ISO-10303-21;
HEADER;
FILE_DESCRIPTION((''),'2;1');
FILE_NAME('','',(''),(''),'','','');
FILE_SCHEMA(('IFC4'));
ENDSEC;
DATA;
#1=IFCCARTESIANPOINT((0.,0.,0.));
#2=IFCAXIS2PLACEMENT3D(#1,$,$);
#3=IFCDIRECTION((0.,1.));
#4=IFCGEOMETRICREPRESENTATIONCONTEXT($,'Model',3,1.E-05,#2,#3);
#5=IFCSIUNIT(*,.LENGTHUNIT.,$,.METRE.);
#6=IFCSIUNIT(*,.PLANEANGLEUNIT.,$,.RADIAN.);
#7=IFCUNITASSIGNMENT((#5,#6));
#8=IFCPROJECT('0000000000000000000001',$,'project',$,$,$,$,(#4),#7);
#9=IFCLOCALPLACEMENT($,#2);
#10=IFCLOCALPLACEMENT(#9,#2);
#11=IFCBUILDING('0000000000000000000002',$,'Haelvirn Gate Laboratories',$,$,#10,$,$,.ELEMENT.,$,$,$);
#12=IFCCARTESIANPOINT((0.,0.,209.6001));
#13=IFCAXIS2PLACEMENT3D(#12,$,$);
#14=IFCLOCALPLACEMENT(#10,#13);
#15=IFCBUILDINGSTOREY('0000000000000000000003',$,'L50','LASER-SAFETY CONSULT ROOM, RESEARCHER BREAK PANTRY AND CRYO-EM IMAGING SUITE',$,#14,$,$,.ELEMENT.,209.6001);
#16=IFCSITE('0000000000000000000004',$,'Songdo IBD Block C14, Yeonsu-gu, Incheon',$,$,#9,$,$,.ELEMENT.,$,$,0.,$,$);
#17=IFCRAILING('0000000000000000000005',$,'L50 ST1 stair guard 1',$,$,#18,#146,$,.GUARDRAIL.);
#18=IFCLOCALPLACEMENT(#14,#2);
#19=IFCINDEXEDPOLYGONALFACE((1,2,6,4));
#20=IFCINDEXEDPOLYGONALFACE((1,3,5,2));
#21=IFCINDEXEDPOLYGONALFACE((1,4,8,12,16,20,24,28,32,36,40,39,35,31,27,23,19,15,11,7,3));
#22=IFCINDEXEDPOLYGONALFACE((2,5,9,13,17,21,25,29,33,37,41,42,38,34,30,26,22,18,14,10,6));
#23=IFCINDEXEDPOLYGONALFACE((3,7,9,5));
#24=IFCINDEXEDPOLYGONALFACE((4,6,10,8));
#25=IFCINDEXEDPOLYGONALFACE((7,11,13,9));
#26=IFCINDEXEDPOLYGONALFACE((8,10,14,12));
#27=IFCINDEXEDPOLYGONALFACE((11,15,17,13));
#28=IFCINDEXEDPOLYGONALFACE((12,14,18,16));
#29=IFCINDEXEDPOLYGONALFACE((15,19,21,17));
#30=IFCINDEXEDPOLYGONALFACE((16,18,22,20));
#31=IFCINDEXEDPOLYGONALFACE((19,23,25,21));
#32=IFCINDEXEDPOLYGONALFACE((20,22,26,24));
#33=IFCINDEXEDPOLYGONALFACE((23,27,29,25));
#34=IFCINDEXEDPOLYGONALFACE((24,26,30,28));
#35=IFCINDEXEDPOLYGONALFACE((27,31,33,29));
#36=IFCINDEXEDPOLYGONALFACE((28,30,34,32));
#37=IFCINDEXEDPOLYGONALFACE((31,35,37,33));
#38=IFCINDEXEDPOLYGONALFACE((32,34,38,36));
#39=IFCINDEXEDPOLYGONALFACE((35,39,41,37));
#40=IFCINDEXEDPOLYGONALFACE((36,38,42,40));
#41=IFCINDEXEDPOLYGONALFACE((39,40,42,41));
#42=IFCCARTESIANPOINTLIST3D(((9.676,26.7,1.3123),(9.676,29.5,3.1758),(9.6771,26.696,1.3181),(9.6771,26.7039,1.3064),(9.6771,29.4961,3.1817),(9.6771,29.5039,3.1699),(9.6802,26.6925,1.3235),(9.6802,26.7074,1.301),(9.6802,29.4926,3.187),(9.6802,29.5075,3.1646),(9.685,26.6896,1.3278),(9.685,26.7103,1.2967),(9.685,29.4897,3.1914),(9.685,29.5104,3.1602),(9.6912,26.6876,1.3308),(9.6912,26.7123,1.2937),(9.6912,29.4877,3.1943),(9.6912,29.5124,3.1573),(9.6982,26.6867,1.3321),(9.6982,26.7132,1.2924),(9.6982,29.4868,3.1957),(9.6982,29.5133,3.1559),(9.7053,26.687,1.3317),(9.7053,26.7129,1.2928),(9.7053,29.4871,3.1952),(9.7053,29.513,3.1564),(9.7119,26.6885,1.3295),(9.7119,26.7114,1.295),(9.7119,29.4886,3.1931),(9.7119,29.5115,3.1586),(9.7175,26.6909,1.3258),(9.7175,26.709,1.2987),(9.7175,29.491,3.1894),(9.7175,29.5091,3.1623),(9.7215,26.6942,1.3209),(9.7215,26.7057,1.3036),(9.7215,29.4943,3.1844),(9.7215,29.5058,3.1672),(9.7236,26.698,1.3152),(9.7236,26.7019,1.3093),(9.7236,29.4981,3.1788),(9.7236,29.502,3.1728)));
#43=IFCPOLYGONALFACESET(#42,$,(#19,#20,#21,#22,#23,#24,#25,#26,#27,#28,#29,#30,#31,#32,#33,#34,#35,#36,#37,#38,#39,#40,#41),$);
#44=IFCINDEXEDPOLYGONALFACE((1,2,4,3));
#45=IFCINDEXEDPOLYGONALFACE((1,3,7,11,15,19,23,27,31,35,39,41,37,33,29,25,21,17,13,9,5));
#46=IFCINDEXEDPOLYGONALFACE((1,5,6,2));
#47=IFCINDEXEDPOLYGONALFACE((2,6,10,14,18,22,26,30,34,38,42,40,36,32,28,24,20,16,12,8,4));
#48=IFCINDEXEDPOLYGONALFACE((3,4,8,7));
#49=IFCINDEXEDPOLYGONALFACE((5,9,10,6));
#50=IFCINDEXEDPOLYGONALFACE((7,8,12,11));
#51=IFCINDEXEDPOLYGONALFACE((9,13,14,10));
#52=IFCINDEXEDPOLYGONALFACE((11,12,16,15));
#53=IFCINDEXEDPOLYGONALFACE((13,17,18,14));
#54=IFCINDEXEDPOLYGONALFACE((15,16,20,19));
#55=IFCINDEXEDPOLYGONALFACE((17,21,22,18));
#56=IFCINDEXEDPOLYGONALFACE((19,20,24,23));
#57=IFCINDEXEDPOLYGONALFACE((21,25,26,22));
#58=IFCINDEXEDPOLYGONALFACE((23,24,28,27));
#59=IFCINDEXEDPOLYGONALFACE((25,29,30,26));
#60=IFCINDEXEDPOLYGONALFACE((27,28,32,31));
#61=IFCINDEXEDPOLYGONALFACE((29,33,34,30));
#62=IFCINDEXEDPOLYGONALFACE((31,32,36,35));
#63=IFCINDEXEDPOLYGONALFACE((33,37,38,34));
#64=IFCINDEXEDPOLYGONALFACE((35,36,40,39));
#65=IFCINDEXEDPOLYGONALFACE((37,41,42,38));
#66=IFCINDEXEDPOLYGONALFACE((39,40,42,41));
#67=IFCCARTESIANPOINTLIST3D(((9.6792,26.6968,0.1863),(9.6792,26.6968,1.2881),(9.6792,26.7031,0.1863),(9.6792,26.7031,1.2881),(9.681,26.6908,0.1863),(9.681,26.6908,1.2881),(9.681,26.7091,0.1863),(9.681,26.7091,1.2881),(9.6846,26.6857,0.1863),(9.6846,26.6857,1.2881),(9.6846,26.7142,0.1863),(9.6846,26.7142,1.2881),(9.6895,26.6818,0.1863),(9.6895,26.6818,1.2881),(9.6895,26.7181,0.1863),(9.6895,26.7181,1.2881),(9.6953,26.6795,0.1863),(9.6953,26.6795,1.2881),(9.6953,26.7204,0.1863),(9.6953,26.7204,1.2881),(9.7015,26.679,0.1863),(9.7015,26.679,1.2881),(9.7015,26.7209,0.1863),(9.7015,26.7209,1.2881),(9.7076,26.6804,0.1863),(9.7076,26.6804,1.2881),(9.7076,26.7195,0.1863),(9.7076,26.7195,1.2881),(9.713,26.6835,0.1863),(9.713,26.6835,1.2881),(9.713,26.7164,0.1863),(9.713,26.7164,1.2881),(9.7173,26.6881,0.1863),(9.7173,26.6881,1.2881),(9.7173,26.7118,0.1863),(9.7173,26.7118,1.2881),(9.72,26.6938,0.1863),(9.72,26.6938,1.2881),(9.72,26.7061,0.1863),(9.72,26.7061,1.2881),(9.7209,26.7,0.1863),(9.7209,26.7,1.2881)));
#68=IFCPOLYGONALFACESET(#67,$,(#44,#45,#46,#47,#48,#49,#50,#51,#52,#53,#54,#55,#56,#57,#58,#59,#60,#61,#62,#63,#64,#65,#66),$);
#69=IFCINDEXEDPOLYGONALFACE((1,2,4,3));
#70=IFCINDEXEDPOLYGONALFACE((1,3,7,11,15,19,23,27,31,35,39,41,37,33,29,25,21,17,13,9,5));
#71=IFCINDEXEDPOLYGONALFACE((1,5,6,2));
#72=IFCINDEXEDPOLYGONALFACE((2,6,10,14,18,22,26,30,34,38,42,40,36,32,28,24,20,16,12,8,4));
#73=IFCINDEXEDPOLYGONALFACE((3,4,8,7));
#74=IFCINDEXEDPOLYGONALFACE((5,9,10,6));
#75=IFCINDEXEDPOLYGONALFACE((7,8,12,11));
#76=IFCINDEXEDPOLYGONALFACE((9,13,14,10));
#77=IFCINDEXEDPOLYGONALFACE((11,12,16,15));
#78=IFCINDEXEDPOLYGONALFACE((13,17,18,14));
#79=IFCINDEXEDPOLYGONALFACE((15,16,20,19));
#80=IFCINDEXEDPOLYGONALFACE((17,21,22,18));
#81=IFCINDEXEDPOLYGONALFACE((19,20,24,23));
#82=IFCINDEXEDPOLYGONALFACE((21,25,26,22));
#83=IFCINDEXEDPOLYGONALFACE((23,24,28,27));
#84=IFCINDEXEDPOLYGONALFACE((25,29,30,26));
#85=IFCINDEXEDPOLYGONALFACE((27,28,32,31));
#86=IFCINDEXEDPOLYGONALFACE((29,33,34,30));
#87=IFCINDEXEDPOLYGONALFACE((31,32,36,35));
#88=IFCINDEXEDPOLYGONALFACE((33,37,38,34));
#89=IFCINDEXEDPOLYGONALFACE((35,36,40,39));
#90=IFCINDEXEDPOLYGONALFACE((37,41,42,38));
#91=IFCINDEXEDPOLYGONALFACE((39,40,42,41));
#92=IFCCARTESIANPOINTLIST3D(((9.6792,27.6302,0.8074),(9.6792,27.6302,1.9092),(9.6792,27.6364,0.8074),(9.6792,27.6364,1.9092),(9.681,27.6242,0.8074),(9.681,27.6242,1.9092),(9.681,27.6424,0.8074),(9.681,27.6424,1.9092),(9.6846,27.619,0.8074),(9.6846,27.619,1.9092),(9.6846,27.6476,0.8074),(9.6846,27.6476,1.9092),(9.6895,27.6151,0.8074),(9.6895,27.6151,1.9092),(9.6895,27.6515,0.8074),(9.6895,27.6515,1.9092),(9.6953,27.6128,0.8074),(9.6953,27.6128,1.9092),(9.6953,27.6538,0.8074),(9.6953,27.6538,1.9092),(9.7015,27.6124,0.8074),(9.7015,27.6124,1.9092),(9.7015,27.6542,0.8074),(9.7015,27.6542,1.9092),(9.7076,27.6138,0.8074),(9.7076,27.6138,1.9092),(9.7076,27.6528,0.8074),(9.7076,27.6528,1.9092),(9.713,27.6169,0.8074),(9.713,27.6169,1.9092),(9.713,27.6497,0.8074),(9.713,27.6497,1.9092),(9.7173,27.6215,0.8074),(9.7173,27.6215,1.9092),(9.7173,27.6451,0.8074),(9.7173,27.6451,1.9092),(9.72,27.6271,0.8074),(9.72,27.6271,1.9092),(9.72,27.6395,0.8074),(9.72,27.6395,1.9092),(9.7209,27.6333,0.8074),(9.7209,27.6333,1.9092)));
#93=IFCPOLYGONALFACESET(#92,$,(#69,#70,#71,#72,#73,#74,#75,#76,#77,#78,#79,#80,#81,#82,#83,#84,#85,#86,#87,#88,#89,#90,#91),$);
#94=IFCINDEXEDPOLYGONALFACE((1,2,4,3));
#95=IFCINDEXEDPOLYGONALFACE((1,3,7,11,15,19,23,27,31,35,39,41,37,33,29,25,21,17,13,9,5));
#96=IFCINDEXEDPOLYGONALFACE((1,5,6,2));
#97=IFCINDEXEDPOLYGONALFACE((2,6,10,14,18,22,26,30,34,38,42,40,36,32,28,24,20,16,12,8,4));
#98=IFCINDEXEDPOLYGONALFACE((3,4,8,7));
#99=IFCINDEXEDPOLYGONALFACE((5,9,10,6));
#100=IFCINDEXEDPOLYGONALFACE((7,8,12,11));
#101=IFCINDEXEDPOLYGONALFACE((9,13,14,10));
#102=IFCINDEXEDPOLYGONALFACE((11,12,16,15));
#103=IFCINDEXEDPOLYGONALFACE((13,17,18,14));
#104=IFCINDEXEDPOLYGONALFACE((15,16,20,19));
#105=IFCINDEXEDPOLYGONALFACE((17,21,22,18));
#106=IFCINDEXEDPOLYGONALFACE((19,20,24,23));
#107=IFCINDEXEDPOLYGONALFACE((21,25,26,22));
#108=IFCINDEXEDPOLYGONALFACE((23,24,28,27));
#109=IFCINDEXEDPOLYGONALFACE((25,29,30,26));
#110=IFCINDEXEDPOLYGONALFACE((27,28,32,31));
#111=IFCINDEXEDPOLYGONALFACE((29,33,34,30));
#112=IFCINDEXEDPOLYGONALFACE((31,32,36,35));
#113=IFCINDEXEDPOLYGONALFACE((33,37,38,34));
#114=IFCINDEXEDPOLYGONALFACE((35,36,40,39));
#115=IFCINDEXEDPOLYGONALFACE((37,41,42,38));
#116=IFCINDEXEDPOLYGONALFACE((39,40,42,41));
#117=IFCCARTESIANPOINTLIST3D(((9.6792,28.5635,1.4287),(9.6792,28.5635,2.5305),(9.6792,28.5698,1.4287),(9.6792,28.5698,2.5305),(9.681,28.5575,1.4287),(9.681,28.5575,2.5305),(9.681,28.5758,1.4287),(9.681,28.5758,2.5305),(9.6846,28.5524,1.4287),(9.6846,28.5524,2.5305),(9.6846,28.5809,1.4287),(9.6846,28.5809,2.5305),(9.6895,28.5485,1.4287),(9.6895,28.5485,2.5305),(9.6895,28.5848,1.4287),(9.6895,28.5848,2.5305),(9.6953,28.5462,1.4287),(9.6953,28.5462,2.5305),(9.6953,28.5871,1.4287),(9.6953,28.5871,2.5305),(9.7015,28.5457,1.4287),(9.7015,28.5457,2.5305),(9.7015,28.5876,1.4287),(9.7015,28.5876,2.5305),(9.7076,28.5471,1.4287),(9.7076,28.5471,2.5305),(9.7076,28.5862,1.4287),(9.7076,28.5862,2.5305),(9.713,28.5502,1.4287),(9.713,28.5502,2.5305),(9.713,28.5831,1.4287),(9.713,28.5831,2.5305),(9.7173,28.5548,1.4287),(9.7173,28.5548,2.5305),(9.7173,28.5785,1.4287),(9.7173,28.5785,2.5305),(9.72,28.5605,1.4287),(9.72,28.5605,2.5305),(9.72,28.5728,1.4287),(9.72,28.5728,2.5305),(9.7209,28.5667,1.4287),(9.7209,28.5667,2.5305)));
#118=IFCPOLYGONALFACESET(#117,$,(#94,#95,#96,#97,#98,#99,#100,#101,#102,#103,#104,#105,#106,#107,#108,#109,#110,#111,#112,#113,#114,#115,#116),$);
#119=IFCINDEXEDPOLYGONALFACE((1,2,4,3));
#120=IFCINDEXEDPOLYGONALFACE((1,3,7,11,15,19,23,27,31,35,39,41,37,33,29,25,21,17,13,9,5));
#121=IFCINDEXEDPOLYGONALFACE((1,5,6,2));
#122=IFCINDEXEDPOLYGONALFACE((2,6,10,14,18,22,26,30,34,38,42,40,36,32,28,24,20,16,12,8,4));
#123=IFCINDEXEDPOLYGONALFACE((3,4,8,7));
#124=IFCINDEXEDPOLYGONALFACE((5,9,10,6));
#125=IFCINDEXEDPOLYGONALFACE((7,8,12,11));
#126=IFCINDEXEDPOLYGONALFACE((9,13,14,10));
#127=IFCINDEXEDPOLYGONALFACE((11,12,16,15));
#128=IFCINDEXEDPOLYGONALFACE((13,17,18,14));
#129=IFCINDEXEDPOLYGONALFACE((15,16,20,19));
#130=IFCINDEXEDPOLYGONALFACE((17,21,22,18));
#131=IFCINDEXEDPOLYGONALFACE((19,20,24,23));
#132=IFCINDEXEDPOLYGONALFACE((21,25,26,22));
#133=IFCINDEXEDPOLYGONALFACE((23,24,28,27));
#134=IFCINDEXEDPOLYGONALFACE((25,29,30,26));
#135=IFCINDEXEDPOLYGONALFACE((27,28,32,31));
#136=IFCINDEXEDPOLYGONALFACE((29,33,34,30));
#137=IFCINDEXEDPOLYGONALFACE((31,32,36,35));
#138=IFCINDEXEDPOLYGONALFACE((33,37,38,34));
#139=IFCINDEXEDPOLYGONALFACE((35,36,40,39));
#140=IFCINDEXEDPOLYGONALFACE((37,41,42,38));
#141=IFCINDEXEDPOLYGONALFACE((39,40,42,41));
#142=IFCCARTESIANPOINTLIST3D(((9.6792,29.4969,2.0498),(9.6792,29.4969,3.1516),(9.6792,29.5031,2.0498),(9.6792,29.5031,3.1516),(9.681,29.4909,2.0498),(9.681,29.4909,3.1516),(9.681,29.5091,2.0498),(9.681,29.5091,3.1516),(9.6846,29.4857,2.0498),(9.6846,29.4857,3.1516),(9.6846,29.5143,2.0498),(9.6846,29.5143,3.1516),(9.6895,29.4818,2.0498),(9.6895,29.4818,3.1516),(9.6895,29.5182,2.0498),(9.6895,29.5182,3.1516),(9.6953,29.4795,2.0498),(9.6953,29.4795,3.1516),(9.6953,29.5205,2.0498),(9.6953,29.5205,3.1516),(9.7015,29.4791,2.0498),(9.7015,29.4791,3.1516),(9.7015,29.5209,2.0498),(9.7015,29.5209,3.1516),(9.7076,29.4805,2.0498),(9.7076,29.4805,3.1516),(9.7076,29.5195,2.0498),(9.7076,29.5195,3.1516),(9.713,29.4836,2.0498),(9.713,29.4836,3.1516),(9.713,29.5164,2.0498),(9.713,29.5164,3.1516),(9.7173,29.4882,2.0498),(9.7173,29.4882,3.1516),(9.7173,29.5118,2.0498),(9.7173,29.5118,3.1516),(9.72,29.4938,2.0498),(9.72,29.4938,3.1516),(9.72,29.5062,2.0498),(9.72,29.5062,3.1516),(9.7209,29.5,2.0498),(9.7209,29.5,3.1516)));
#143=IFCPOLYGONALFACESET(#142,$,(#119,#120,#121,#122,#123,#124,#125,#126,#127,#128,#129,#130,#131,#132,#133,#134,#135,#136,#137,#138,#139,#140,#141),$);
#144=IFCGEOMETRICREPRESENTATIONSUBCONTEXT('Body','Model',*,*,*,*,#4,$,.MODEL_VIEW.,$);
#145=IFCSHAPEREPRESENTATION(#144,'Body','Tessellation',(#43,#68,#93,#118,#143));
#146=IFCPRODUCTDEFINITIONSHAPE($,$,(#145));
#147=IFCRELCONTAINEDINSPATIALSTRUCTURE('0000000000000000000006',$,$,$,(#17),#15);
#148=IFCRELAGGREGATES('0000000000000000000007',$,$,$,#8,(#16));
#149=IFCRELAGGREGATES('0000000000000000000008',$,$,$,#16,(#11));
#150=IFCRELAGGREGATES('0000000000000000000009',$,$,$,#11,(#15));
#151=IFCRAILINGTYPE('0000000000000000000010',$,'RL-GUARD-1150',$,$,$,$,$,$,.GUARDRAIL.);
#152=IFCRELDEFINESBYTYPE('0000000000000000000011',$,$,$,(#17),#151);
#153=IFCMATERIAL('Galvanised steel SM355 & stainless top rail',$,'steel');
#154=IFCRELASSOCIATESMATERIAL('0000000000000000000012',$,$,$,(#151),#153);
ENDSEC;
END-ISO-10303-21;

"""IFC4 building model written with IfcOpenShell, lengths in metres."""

from ifc_helpers import new_model, si_unit, direction, frame, origin, origin_2d, place, context, subcontext, project, spatial, circle, extrude, source, transform, mapped, material, type_object, element, save


model = new_model("IFC4")

# Units and contexts
model_context = context("Model", 3, precision=1e-05, world=origin(), true_north=direction((0.0, 1.0)))
body_context = subcontext(model_context, "Body", "Model", "MODEL_VIEW")
ifc_project = project(units=[si_unit("LENGTHUNIT", "METRE"), si_unit("PLANEANGLEUNIT", "RADIAN")], contexts=[model_context])

# Site, building, storey
site_placement = place(None, origin())
site = spatial("IfcSite", under=ifc_project, at=site_placement, Name="Songdo IBD Block C14, Yeonsu-gu, Incheon", CompositionType="ELEMENT", RefElevation=0.0)
building_placement = place(site_placement, origin())
building = spatial("IfcBuilding", under=site, at=building_placement, Name="Haelvirn Gate Laboratories", CompositionType="ELEMENT")
storey_placement = place(building_placement, frame((0.0, 0.0, 209.6001)))
storey = spatial("IfcBuildingStorey", under=building, at=storey_placement, Name="L50", Description="LASER-SAFETY CONSULT ROOM, RESEARCHER BREAK PANTRY AND CRYO-EM IMAGING SUITE", CompositionType="ELEMENT", Elevation=209.6001)

# Railing
ifc_material_1 = material(Name="Galvanised steel SM355 & stainless top rail", Category="steel")
railing_type_1 = type_object("IfcRailingType", Name="RL-GUARD-1150", PredefinedType="GUARDRAIL", material=ifc_material_1)
shared_shape_1 = source(origin(), body_context, "Body", "SweptSolid", [
    extrude(circle(Radius=0.0239, at=origin_2d()), frame((0.0, 0.0, 1.126), z_axis=(0.0, 0.832486, 0.554047), x_axis=(-1.0, 0.0, 0.0)), (0.0, 0.0, 1.0), 3.3635),
    extrude(circle(Radius=0.021, at=origin_2d()), origin(), (0.0, 0.0, 1.0), 1.1018),
    extrude(circle(Radius=0.021, at=origin_2d()), frame((0.0, 0.9333, 0.6211)), (0.0, 0.0, 1.0), 1.1018),
    extrude(circle(Radius=0.021, at=origin_2d()), frame((0.0, 1.8667, 1.2424)), (0.0, 0.0, 1.0), 1.1018),
    extrude(circle(Radius=0.021, at=origin_2d()), frame((0.0, 2.8, 1.8635)), (0.0, 0.0, 1.0), 1.1018),
])
railing_1_placement = place(storey_placement, frame((9.7, 26.7, 0.1863)))
element("IfcRailing", 1, at=railing_1_placement, inside=storey, type_object=railing_type_1, Name="L50 ST1 stair guard 1", PredefinedType="GUARDRAIL", context=body_context, shape_type="MappedRepresentation", body=[
    mapped(shared_shape_1, transform((0.0, 0.0, 0.0), scale=1.0)),
])

save(model, "model.ifc")
